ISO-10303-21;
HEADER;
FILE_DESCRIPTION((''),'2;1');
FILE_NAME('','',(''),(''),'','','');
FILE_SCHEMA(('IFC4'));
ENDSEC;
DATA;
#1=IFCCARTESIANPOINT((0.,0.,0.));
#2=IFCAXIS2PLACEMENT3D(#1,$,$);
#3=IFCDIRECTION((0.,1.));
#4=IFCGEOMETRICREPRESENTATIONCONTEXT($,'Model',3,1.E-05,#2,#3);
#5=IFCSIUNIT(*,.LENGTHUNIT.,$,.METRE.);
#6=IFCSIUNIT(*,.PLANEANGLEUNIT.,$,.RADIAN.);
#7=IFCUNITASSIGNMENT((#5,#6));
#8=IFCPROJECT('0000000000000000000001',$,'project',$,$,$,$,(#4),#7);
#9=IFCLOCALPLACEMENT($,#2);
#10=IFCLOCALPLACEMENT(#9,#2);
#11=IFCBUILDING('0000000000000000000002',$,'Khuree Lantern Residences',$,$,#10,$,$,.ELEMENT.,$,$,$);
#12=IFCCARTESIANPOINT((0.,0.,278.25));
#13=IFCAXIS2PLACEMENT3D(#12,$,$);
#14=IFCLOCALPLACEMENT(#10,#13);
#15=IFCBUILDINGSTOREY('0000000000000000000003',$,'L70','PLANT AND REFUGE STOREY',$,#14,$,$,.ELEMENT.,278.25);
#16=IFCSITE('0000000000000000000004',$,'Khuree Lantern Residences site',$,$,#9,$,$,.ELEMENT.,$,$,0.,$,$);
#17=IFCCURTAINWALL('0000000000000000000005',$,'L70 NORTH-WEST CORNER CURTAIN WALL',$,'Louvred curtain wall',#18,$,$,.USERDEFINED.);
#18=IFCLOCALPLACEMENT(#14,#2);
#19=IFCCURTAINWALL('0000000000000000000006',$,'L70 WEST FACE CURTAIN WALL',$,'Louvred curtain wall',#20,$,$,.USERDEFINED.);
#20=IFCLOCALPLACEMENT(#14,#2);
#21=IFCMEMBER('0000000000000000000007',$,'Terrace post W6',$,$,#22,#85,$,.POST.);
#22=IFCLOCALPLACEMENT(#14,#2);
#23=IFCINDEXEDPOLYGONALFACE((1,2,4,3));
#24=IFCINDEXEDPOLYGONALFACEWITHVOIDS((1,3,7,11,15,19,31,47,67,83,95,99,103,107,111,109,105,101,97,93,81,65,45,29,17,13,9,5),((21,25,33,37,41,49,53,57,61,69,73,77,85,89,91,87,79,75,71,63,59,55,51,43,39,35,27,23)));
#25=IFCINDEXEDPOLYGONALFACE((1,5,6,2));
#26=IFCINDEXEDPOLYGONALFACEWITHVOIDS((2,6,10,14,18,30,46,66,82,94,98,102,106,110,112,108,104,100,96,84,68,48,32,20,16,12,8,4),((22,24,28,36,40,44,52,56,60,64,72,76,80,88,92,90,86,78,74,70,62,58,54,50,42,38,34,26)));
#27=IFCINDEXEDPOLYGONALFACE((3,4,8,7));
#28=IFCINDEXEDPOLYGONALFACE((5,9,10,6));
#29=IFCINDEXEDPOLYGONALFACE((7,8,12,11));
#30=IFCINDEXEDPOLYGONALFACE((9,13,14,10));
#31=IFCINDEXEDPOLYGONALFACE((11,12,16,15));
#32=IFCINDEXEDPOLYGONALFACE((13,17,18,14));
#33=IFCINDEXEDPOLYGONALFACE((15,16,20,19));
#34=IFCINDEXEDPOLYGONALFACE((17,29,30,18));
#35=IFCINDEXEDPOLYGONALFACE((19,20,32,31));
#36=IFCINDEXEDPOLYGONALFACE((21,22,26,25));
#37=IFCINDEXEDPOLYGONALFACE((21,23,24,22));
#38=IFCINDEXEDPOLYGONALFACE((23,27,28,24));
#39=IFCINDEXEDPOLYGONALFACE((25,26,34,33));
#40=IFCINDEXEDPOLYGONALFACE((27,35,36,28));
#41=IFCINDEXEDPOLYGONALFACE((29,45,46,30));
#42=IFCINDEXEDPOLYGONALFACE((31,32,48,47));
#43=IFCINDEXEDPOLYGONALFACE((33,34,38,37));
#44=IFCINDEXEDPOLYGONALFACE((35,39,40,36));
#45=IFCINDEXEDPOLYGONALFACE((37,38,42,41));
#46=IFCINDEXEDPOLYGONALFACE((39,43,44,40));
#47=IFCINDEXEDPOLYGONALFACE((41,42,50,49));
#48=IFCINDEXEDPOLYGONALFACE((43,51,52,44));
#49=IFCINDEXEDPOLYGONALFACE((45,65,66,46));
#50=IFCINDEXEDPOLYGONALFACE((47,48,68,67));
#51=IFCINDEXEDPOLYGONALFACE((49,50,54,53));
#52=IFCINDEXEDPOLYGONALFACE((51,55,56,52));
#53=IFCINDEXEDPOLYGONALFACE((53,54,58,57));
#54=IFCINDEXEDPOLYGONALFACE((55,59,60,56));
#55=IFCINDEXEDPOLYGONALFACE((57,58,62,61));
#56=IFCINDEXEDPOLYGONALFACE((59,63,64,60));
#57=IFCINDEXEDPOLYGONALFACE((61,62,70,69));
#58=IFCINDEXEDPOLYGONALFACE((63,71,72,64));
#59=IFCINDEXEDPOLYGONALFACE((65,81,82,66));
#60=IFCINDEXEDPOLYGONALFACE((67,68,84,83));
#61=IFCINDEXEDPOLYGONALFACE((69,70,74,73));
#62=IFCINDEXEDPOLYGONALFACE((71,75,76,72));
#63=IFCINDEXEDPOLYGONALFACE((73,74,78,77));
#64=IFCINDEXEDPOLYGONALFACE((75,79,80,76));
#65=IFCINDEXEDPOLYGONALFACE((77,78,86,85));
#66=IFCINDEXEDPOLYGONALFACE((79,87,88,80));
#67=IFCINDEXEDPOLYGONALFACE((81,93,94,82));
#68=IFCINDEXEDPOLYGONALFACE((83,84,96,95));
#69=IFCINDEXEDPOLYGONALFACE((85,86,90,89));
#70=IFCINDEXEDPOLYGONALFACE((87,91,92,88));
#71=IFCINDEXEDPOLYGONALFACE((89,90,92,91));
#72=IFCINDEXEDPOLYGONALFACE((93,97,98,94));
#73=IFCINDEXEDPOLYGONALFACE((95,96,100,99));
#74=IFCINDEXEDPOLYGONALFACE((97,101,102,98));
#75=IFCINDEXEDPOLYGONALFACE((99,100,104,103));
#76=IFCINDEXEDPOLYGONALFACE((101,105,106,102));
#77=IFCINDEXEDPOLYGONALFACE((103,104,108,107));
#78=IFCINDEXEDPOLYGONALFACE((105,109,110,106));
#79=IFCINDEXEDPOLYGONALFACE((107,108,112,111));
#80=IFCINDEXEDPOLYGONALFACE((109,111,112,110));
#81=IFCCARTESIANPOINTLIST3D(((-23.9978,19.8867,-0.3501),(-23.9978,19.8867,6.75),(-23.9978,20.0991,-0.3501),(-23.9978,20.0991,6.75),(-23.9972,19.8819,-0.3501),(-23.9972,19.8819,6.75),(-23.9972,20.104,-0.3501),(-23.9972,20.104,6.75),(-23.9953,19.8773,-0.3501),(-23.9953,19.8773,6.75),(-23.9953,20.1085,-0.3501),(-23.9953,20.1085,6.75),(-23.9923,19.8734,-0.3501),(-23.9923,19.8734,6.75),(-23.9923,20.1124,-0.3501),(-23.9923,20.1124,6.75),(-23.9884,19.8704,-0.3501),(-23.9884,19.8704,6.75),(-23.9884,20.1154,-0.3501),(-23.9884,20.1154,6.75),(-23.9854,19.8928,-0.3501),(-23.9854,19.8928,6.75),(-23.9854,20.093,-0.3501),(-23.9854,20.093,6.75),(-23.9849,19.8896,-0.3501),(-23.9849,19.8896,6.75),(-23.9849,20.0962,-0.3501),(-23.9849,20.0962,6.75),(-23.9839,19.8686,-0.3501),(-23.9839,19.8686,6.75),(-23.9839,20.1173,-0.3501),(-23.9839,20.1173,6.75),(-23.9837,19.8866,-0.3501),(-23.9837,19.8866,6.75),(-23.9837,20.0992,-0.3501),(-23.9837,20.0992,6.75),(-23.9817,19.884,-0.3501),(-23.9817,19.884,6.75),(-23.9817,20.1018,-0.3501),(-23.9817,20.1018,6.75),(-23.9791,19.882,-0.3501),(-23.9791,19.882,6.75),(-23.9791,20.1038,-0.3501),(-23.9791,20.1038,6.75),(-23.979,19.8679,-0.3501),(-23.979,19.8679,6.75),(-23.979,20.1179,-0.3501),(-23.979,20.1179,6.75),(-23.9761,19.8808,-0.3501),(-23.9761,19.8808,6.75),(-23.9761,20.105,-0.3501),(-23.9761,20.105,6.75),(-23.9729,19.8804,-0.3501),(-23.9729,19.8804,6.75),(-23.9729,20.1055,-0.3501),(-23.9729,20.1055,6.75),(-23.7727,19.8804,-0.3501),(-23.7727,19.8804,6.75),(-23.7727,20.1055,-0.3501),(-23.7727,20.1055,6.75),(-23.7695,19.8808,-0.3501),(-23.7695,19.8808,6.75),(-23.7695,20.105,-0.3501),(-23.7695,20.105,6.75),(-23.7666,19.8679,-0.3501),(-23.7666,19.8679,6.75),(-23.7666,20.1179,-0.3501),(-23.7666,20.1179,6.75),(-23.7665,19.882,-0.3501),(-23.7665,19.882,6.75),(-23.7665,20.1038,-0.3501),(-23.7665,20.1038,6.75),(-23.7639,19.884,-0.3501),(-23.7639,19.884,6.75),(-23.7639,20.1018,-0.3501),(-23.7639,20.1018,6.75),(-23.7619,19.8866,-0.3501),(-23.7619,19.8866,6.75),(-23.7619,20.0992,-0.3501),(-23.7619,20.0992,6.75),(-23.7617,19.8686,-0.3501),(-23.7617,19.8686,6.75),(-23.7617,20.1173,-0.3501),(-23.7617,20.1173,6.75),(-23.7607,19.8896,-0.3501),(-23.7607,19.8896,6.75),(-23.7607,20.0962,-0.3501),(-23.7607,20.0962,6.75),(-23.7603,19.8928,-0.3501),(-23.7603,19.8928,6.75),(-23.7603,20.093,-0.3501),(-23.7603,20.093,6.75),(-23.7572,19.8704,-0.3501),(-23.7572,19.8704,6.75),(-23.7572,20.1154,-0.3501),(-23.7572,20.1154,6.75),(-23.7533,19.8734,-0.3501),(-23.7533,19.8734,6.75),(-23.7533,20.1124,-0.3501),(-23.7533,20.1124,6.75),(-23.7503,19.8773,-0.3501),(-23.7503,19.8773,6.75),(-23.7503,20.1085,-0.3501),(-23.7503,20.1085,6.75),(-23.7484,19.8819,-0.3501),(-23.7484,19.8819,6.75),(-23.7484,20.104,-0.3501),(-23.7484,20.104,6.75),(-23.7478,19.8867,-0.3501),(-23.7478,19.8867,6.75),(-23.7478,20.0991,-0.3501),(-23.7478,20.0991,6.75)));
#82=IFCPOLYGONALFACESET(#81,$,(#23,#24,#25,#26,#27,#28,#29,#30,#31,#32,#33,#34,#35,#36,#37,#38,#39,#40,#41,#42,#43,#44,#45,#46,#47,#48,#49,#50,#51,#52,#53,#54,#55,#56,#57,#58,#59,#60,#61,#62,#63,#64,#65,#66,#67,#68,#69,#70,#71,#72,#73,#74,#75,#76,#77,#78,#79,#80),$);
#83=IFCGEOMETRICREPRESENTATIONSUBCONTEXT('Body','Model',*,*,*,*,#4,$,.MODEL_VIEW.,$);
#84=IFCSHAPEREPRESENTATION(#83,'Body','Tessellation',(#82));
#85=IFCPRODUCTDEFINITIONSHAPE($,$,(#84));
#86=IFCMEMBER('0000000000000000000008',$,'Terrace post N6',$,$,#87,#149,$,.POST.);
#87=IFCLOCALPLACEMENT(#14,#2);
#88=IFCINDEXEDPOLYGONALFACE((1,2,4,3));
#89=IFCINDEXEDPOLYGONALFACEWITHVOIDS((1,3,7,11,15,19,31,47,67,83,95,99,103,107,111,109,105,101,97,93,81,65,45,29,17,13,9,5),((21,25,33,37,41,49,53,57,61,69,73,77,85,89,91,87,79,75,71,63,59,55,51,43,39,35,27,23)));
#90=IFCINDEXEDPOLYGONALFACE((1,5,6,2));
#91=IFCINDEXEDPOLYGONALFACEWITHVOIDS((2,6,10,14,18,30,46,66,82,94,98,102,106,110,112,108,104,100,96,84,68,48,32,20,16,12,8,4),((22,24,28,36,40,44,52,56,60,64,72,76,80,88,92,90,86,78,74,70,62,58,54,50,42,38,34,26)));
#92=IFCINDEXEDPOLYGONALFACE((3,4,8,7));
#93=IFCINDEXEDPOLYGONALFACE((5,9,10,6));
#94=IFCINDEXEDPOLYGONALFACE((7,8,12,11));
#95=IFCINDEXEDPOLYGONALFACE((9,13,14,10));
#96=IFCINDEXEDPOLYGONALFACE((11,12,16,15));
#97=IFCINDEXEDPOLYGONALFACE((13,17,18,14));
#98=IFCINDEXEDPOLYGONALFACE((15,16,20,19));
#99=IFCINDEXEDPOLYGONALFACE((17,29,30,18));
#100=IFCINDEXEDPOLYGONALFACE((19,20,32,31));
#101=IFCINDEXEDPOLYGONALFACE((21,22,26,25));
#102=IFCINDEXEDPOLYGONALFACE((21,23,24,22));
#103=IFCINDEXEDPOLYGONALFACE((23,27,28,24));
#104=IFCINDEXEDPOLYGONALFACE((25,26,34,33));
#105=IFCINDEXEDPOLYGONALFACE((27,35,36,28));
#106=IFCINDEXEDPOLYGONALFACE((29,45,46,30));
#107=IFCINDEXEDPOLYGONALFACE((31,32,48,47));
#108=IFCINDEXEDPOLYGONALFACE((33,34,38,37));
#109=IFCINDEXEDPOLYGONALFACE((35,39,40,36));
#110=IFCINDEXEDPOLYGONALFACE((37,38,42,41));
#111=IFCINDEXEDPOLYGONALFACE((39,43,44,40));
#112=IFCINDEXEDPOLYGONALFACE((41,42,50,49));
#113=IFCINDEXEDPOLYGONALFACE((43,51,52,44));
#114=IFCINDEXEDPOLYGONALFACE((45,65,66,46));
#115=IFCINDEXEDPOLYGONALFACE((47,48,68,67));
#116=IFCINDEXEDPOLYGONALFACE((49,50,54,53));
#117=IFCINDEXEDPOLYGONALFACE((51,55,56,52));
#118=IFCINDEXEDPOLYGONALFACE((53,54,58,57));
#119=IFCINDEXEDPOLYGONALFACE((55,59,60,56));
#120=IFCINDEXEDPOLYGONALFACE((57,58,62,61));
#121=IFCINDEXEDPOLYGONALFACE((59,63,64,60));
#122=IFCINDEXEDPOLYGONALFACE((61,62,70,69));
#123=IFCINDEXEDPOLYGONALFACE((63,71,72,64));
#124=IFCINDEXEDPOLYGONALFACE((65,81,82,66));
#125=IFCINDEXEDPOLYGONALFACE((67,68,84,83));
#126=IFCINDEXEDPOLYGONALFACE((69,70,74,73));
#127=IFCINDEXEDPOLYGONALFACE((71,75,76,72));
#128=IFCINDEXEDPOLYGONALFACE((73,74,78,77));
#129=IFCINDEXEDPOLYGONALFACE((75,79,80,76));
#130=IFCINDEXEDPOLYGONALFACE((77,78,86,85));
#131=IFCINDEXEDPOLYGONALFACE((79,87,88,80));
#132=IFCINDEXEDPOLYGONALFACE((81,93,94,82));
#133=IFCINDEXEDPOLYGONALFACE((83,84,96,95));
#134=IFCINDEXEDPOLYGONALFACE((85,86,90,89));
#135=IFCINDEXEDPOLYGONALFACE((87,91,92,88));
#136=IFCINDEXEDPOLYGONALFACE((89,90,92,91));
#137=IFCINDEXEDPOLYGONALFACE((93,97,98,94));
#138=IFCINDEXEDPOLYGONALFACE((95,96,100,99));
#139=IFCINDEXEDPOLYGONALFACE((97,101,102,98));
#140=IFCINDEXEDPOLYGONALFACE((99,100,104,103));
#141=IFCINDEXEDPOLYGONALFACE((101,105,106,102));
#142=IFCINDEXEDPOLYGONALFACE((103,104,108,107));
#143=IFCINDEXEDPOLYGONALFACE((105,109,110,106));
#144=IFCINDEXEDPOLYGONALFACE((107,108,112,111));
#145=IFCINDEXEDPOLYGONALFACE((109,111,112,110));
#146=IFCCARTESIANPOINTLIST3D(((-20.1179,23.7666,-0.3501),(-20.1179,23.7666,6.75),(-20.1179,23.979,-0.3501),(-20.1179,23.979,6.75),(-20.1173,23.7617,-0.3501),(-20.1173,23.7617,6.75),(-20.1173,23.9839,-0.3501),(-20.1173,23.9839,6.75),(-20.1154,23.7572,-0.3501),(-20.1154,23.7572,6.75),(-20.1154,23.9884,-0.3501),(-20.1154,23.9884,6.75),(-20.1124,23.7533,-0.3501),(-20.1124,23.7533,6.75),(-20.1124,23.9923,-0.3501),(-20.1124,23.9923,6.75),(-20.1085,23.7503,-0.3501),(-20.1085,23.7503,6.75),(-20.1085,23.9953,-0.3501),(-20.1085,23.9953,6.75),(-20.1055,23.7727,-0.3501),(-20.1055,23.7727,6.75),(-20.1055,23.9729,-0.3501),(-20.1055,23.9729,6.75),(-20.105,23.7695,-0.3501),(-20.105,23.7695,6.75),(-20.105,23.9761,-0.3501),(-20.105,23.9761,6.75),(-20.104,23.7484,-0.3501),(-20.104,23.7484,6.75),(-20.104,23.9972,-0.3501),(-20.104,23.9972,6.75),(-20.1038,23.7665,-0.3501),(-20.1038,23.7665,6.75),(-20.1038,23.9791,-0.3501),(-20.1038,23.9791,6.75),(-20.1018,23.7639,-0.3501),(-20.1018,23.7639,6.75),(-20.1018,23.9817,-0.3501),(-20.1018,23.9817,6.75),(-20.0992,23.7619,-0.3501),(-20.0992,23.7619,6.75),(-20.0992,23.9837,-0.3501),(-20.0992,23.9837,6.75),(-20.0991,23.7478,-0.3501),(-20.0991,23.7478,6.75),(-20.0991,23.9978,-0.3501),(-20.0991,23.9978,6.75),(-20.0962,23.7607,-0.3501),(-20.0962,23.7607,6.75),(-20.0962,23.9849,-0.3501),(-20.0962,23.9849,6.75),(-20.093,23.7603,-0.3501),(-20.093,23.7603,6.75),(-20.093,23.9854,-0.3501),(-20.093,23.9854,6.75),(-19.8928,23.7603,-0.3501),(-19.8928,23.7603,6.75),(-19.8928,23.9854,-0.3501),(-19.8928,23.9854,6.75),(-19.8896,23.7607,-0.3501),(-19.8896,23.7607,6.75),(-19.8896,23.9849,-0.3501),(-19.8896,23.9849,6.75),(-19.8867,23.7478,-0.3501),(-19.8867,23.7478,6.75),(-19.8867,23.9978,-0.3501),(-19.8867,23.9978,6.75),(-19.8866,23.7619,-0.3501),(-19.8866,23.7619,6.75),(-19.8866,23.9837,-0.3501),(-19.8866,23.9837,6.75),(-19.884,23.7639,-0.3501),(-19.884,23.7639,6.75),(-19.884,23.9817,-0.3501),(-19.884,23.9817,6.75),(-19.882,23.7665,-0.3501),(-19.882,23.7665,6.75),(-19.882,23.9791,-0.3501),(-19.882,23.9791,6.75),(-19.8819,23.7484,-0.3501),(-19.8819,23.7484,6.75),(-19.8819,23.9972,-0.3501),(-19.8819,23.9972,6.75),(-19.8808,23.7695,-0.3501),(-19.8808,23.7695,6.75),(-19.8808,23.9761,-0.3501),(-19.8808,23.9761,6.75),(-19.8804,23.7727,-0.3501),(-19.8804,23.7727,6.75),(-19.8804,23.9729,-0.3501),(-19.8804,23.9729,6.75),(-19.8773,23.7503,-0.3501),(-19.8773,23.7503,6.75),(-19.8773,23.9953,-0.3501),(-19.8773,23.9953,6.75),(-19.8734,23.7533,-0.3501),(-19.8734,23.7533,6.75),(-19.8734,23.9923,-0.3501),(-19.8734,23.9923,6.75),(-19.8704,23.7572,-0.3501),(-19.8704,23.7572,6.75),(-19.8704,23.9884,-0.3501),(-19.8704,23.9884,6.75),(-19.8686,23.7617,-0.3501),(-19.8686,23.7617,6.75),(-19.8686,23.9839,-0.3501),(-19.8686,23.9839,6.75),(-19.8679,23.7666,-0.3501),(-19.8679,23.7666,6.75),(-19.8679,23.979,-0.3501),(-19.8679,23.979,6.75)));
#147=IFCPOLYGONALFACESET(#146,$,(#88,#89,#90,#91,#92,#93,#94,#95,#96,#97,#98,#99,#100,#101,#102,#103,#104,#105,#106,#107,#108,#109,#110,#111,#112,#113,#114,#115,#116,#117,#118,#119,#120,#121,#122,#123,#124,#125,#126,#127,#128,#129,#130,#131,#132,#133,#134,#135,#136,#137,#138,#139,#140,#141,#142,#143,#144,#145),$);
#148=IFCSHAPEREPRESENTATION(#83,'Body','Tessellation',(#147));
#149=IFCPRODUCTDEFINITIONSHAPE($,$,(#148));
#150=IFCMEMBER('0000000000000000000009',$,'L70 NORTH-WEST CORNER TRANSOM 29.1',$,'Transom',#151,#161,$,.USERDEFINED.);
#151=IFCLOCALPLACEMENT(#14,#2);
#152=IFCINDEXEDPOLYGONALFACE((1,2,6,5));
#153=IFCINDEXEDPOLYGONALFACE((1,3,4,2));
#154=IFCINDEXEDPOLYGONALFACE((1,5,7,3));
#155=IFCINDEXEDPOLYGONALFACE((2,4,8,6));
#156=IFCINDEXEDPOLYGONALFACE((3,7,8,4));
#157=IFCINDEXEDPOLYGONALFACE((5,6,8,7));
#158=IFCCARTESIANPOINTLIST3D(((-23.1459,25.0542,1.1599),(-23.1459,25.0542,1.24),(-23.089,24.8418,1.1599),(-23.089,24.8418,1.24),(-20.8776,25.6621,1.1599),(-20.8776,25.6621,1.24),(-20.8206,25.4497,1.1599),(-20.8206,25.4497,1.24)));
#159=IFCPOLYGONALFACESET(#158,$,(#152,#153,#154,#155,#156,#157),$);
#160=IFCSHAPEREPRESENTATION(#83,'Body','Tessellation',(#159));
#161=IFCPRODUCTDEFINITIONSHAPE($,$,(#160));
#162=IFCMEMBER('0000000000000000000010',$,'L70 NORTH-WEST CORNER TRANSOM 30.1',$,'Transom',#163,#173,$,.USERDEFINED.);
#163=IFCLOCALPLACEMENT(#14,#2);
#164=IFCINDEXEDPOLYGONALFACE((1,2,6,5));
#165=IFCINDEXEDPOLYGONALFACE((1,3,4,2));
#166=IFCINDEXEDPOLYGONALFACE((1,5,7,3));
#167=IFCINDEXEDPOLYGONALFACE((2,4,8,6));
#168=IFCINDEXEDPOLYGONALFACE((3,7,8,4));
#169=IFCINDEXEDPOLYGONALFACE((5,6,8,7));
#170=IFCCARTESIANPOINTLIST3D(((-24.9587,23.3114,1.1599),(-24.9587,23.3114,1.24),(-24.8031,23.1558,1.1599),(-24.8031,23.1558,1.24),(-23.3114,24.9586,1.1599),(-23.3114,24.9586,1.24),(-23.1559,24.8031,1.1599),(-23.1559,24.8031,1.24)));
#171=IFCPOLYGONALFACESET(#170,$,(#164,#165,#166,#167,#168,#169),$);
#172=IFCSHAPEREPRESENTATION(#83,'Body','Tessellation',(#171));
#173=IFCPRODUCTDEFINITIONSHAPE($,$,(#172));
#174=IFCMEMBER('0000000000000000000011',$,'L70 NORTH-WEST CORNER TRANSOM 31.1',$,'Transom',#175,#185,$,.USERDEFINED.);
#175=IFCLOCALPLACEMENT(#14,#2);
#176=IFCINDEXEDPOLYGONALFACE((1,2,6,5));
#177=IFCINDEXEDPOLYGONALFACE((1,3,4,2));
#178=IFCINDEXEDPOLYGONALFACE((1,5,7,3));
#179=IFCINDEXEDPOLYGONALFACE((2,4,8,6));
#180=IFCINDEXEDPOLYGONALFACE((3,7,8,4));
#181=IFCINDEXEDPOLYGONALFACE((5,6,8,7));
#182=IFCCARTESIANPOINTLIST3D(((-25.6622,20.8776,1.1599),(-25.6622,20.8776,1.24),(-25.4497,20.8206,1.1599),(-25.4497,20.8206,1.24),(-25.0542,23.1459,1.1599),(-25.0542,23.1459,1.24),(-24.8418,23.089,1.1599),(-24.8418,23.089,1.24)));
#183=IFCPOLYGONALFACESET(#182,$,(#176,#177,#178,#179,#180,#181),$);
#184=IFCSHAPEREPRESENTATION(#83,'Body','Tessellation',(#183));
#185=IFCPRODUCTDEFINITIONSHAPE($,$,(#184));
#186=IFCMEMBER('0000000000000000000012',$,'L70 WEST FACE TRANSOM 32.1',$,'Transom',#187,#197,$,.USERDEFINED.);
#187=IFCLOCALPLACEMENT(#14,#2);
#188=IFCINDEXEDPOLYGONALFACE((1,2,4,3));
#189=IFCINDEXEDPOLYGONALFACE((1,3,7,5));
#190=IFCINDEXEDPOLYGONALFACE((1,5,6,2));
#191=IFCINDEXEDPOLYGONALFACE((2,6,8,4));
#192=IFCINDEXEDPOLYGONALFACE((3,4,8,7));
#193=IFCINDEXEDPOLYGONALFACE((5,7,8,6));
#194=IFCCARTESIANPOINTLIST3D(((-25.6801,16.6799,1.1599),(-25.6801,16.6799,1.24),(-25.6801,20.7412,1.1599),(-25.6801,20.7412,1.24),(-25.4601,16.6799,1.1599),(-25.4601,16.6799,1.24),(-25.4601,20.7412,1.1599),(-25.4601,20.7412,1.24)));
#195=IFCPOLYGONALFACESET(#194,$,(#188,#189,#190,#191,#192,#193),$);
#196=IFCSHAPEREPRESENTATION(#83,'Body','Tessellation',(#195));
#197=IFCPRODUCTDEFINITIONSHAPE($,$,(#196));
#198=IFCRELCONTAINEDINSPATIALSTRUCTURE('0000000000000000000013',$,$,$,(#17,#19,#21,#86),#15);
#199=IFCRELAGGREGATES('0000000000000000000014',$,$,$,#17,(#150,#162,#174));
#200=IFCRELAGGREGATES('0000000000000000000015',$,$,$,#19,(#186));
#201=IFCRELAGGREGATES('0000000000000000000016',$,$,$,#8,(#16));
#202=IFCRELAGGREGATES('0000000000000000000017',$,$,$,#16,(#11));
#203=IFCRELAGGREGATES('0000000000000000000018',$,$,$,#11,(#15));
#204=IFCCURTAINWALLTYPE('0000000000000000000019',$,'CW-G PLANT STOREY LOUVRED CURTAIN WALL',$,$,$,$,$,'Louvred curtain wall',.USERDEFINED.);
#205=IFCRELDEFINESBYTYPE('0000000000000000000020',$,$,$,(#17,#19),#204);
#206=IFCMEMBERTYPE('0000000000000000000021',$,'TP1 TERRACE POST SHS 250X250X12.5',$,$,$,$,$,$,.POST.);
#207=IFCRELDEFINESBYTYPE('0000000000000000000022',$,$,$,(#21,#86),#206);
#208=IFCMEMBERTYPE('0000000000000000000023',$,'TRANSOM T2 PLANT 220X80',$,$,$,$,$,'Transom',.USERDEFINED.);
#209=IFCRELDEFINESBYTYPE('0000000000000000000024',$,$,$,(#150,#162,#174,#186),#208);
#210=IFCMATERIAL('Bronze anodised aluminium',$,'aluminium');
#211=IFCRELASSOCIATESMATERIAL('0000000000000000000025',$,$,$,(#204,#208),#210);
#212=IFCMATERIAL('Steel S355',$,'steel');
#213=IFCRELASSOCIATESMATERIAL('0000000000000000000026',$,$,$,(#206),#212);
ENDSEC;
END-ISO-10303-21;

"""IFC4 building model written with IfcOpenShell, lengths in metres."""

from ifc_helpers import new_model, si_unit, direction, frame, origin, origin_2d, place, context, subcontext, project, spatial, rectangle, hollow_rectangle, extrude, material, material_profile, profile_set, type_object, element, aggregate, save


model = new_model("IFC4")

# Units and contexts
model_context = context("Model", 3, precision=1e-05, world=origin(), true_north=direction((0.0, 1.0)))
body_context = subcontext(model_context, "Body", "Model", "MODEL_VIEW")
ifc_project = project(units=[si_unit("LENGTHUNIT", "METRE"), si_unit("PLANEANGLEUNIT", "RADIAN")], contexts=[model_context])

# Site, building, storey
site_placement = place(None, origin())
site = spatial("IfcSite", under=ifc_project, at=site_placement, Name="Khuree Lantern Residences site", CompositionType="ELEMENT", RefElevation=0.0)
building_placement = place(site_placement, origin())
building = spatial("IfcBuilding", under=site, at=building_placement, Name="Khuree Lantern Residences", CompositionType="ELEMENT")
storey_placement = place(building_placement, frame((0.0, 0.0, 278.25)))
storey = spatial("IfcBuildingStorey", under=building, at=storey_placement, Name="L70", Description="PLANT AND REFUGE STOREY", CompositionType="ELEMENT", Elevation=278.25)

# Shared definitions
ifc_material_1 = material(Name="Steel S355", Category="steel")

# Curtain walls
ifc_material_2 = material(Name="Bronze anodised aluminium", Category="aluminium")
curtain_wall_type = type_object("IfcCurtainWallType", Name="CW-G PLANT STOREY LOUVRED CURTAIN WALL", ElementType="Louvred curtain wall", PredefinedType="USERDEFINED", material=ifc_material_2)
curtain_wall_1_placement = place(storey_placement, origin())
curtain_wall_1 = element("IfcCurtainWall", 1, at=curtain_wall_1_placement, inside=storey, type_object=curtain_wall_type, Name="L70 NORTH-WEST CORNER CURTAIN WALL", ObjectType="Louvred curtain wall", PredefinedType="USERDEFINED")
curtain_wall_2_placement = place(storey_placement, origin())
curtain_wall_2 = element("IfcCurtainWall", 2, at=curtain_wall_2_placement, inside=storey, type_object=curtain_wall_type, Name="L70 WEST FACE CURTAIN WALL", ObjectType="Louvred curtain wall", PredefinedType="USERDEFINED")

# Members
ifc_material_profile_1 = material_profile(ifc_material_1, hollow_rectangle(XDim=0.25, YDim=0.25, WallThickness=0.0125, InnerFilletRadius=0.0125, OuterFilletRadius=0.0188, at=origin_2d()), Name="SHS 250X250X12.5")
ifc_profile_set_1 = profile_set([ifc_material_profile_1], Name="Steel S355")
member_type_1 = type_object("IfcMemberType", Name="TP1 TERRACE POST SHS 250X250X12.5", PredefinedType="POST", material=ifc_profile_set_1)
for number, where, z_axis, x_axis, name in (
    (3, (-23.8728, 19.9929, -0.3501), (0.0, 0.0, 1.0), (1.0, 0.0, 0.0), "Terrace post W6"),
    (4, (-19.9929, 23.8728, -0.3501), (0.0, 0.0, 1.0), (1.0, 0.0, 0.0), "Terrace post N6"),
):
    element("IfcMember", number, at=place(storey_placement, frame(where, z_axis=z_axis, x_axis=x_axis)), inside=storey, type_object=member_type_1, Name=name, PredefinedType="POST", context=body_context, shape_type="SweptSolid", body=[
        extrude(hollow_rectangle(XDim=0.25, YDim=0.25, WallThickness=0.0125, InnerFilletRadius=0.0125, OuterFilletRadius=0.0188, at=origin_2d()), origin(), (0.0, 0.0, 1.0), 7.1001),
    ])

# Members
ifc_material_profile_2 = material_profile(ifc_material_2, rectangle(XDim=0.22, YDim=0.0801, at=origin_2d()), Name="T2 220X80")
ifc_profile_set_2 = profile_set([ifc_material_profile_2], Name="Bronze anodised aluminium")
member_type_2 = type_object("IfcMemberType", Name="TRANSOM T2 PLANT 220X80", ElementType="Transom", PredefinedType="USERDEFINED", material=ifc_profile_set_2)
member_1_placement = place(storey_placement, frame((-20.8491, 25.5559, 1.2), z_axis=(-0.965913, -0.258866, 0.0), x_axis=(0.258866, -0.965913, 0.0)))
member_1 = element("IfcMember", 5, at=member_1_placement, type_object=member_type_2, Name="L70 NORTH-WEST CORNER TRANSOM 29.1", ObjectType="Transom", PredefinedType="USERDEFINED", context=body_context, shape_type="SweptSolid", body=[
    extrude(rectangle(XDim=0.22, YDim=0.0801, at=origin_2d()), origin(), (0.0, 0.0, 1.0), 2.3484),
])
member_2_placement = place(storey_placement, frame((-23.2336, 24.8809, 1.2), z_axis=(-0.707107, -0.707107, 0.0), x_axis=(0.707107, -0.707107, 0.0)))
member_2 = element("IfcMember", 6, at=member_2_placement, type_object=member_type_2, Name="L70 NORTH-WEST CORNER TRANSOM 30.1", ObjectType="Transom", PredefinedType="USERDEFINED", context=body_context, shape_type="SweptSolid", body=[
    extrude(rectangle(XDim=0.22, YDim=0.0801, at=origin_2d()), origin(), (0.0, 0.0, 1.0), 2.3296),
])
member_3_placement = place(storey_placement, frame((-24.948, 23.1174, 1.2), z_axis=(-0.258866, -0.965913, 0.0), x_axis=(0.965913, -0.258866, 0.0)))
member_3 = element("IfcMember", 7, at=member_3_placement, type_object=member_type_2, Name="L70 NORTH-WEST CORNER TRANSOM 31.1", ObjectType="Transom", PredefinedType="USERDEFINED", context=body_context, shape_type="SweptSolid", body=[
    extrude(rectangle(XDim=0.22, YDim=0.0801, at=origin_2d()), origin(), (0.0, 0.0, 1.0), 2.3484),
])
member_4_placement = place(storey_placement, frame((-25.5701, 20.7412, 1.2), z_axis=(0.0, -1.0, 0.0), x_axis=(1.0, 0.0, 0.0)))
member_4 = element("IfcMember", 8, at=member_4_placement, type_object=member_type_2, Name="L70 WEST FACE TRANSOM 32.1", ObjectType="Transom", PredefinedType="USERDEFINED", context=body_context, shape_type="SweptSolid", body=[
    extrude(rectangle(XDim=0.22, YDim=0.0801, at=origin_2d()), origin(), (0.0, 0.0, 1.0), 4.0613),
])

aggregate(curtain_wall_1, [member_1, member_2, member_3])
aggregate(curtain_wall_2, [member_4])

save(model, "model.ifc")
